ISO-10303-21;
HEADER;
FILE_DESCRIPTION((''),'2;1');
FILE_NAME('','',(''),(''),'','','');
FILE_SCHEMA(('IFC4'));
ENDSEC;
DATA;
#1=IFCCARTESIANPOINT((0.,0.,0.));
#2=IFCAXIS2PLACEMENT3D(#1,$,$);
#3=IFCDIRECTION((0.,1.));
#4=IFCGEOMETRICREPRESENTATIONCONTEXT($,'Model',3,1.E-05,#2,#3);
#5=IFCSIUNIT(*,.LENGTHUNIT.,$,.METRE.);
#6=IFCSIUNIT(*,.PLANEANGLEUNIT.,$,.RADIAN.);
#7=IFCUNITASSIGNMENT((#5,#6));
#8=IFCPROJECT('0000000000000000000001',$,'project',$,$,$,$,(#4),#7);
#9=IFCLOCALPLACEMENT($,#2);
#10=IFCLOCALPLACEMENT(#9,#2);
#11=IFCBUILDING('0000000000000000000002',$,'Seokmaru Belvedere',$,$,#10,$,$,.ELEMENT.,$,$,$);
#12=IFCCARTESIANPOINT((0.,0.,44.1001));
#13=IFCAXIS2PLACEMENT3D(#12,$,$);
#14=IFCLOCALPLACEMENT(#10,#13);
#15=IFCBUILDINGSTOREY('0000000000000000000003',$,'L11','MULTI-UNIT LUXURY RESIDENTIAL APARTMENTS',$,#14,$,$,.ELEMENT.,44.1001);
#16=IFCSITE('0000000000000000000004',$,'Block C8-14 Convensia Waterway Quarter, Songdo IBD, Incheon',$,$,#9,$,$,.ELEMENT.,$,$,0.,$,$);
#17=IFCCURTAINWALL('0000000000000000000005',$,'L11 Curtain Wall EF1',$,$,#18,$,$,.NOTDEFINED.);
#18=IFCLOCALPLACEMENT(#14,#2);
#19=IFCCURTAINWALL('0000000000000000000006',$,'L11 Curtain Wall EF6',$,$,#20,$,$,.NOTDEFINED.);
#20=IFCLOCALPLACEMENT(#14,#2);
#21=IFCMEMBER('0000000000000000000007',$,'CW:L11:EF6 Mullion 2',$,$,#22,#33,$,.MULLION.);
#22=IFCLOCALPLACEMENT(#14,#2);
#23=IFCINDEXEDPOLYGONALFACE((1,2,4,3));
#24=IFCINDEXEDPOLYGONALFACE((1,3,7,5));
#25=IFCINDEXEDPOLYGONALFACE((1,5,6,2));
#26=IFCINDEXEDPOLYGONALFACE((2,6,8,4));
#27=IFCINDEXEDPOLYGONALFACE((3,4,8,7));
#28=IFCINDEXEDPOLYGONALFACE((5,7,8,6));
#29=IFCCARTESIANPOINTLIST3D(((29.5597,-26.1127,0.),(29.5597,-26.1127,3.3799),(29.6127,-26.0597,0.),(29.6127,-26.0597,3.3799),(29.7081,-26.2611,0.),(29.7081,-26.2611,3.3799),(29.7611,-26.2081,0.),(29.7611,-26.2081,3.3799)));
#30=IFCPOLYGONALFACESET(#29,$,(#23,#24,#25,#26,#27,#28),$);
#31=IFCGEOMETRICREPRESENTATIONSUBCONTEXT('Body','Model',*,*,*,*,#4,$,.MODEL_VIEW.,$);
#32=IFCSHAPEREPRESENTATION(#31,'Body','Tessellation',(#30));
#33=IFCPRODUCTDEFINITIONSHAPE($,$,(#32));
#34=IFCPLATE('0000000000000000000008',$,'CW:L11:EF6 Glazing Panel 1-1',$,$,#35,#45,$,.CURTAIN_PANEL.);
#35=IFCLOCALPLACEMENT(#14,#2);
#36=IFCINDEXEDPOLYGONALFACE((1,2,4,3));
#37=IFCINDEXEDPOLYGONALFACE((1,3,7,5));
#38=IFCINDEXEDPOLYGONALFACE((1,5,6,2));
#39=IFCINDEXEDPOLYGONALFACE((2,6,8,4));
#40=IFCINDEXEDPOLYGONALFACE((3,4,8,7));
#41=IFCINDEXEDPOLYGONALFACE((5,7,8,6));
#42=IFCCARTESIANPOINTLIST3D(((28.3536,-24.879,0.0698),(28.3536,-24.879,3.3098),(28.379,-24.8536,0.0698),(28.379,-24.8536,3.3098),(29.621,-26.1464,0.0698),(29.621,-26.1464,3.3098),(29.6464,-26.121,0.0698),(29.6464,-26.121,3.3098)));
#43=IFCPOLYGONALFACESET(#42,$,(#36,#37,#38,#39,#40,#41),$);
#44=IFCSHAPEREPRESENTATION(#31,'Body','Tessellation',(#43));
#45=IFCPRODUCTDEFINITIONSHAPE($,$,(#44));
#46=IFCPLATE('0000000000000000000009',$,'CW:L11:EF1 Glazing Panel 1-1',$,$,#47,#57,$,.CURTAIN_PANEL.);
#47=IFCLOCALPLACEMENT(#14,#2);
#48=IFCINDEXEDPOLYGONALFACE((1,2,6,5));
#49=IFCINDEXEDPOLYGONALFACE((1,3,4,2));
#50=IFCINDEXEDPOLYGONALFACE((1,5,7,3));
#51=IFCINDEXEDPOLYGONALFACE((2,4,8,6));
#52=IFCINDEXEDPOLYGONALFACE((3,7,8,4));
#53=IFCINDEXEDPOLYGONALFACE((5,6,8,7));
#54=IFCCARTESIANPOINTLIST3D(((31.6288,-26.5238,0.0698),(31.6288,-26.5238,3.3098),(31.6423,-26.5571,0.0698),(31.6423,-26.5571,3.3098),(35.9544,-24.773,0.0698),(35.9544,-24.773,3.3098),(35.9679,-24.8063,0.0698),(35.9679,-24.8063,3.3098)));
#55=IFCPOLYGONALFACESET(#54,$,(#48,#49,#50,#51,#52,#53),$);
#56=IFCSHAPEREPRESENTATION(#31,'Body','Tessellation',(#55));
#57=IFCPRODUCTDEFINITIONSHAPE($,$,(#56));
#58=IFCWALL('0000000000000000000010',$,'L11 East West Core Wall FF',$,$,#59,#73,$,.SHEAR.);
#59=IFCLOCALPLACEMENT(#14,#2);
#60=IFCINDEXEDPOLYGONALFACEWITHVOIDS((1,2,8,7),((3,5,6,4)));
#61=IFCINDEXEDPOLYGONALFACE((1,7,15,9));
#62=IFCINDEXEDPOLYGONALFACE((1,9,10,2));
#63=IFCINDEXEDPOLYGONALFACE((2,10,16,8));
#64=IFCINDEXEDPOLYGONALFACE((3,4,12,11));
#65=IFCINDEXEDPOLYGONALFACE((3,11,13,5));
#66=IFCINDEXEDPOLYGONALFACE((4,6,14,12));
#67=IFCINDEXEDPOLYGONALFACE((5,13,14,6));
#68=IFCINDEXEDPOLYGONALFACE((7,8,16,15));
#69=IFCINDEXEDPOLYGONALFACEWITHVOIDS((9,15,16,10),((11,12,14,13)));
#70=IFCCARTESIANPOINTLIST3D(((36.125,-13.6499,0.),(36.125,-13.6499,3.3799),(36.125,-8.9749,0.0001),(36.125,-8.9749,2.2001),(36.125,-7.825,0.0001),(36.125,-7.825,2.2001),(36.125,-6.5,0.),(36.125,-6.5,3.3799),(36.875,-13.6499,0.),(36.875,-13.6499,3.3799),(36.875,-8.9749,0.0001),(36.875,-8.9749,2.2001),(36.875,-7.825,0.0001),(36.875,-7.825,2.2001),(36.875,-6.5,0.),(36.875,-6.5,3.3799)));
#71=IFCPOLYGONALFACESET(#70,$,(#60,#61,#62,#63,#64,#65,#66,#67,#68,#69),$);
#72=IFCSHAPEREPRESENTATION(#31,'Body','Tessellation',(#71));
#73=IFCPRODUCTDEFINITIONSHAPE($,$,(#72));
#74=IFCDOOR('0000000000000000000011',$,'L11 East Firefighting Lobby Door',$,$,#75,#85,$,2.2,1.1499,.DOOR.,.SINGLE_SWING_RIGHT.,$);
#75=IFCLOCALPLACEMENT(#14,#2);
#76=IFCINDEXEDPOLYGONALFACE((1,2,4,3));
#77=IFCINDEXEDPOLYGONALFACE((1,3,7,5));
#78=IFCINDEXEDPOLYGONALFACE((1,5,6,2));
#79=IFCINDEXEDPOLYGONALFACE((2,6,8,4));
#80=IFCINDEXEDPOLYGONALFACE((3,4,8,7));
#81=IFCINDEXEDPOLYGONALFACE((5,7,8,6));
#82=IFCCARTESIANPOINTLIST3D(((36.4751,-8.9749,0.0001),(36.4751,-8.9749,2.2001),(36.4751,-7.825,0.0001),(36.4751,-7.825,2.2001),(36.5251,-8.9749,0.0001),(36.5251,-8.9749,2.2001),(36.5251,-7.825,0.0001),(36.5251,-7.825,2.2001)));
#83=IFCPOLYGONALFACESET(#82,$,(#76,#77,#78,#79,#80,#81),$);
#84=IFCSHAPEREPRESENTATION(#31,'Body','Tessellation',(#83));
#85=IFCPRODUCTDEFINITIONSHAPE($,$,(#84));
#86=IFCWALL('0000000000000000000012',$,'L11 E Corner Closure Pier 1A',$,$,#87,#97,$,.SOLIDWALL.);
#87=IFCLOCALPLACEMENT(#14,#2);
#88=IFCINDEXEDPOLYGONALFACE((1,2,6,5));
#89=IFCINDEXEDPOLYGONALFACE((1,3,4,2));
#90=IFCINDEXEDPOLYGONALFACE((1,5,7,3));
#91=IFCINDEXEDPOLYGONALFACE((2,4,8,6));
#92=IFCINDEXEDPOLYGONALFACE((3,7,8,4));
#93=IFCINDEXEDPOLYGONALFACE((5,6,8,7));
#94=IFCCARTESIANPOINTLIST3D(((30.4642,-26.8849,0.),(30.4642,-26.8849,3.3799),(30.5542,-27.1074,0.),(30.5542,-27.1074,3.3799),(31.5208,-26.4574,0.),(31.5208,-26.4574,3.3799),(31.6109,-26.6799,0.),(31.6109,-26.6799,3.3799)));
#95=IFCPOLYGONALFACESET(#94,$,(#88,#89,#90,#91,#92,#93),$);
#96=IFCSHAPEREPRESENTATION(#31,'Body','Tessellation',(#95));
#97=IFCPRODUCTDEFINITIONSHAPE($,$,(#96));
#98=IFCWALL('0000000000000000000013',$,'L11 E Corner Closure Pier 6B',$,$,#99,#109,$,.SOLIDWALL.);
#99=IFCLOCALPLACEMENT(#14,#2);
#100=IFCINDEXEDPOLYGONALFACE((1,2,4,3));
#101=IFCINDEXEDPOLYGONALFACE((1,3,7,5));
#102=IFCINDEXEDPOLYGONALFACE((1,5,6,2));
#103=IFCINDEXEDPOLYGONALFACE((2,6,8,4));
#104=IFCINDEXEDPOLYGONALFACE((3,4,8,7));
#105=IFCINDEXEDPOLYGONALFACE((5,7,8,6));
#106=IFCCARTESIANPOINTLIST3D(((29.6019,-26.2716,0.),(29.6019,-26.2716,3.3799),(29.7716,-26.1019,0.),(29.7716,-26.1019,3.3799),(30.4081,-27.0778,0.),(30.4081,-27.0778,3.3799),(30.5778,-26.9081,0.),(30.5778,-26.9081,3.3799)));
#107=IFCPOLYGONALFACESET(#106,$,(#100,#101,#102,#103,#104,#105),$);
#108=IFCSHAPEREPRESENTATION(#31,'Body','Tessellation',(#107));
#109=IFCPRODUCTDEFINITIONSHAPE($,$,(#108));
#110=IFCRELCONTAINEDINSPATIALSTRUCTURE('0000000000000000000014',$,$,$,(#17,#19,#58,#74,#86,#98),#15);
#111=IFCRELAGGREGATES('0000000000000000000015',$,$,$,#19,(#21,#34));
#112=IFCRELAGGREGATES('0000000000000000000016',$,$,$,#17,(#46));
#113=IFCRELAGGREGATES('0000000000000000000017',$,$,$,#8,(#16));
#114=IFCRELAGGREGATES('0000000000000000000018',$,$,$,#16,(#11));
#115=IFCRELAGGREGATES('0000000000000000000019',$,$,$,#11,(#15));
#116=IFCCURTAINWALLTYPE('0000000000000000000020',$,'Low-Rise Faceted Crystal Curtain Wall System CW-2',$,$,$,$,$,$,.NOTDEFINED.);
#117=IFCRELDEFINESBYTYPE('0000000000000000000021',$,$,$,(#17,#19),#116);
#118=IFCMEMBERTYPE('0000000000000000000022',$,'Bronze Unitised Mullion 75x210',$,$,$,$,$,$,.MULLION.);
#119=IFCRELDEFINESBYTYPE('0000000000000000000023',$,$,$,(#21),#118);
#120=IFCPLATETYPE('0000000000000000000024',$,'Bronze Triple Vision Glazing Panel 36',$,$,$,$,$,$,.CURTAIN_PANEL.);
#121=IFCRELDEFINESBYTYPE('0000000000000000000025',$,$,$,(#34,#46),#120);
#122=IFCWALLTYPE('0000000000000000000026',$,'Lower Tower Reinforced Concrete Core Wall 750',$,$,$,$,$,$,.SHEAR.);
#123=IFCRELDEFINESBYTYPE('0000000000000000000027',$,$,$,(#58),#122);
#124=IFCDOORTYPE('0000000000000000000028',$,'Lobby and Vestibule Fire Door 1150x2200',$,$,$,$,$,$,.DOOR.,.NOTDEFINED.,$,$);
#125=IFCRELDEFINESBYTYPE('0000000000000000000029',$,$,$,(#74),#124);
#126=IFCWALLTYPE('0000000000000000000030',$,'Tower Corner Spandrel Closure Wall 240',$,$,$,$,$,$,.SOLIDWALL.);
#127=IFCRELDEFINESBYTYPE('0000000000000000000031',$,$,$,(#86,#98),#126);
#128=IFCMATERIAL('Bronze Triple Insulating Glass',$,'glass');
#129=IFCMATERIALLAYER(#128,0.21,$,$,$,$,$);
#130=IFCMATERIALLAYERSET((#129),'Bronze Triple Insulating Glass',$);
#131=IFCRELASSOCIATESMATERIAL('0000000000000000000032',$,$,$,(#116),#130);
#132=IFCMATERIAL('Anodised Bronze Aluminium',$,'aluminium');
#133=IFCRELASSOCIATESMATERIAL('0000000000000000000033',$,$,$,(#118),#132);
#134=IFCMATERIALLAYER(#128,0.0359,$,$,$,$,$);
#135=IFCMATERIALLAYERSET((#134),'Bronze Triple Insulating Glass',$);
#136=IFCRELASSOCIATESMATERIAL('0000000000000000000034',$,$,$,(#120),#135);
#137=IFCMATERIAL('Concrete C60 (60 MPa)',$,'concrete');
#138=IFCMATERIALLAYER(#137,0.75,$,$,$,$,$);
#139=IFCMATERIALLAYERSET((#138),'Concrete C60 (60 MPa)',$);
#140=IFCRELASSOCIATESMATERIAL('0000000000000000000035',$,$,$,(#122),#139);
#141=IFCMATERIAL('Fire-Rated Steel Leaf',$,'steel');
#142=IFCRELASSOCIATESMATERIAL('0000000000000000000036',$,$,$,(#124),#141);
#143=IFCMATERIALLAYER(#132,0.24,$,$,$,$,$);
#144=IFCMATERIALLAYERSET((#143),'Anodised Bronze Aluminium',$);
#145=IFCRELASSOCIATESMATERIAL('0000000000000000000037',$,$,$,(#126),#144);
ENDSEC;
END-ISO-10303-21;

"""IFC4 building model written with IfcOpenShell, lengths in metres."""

from ifc_helpers import new_model, si_unit, direction, frame, frame_2d, origin, origin_2d, place, context, subcontext, project, spatial, rectangle, extrude, source, transform, mapped, material, layer, layer_set, material_profile, profile_set, type_object, type_shapes, element, fill, aggregate, save


model = new_model("IFC4")

# Units and contexts
model_context = context("Model", 3, precision=1e-05, world=origin(), true_north=direction((0.0, 1.0)))
body_context = subcontext(model_context, "Body", "Model", "MODEL_VIEW")
ifc_project = project(units=[si_unit("LENGTHUNIT", "METRE"), si_unit("PLANEANGLEUNIT", "RADIAN")], contexts=[model_context])

# Site, building, storey
site_placement = place(None, origin())
site = spatial("IfcSite", under=ifc_project, at=site_placement, Name="Block C8-14 Convensia Waterway Quarter, Songdo IBD, Incheon", CompositionType="ELEMENT", RefElevation=0.0)
building_placement = place(site_placement, origin())
building = spatial("IfcBuilding", under=site, at=building_placement, Name="Seokmaru Belvedere", CompositionType="ELEMENT")
storey_placement = place(building_placement, frame((0.0, 0.0, 44.1001)))
storey = spatial("IfcBuildingStorey", under=building, at=storey_placement, Name="L11", Description="MULTI-UNIT LUXURY RESIDENTIAL APARTMENTS", CompositionType="ELEMENT", Elevation=44.1001)

# Curtain wall
ifc_material_1 = material(Name="Bronze Triple Insulating Glass", Category="glass")
ifc_layer_1 = layer(ifc_material_1, 0.21)
ifc_layer_set_1 = layer_set([ifc_layer_1], Name="Bronze Triple Insulating Glass")
curtain_wall_type = type_object("IfcCurtainWallType", Name="Low-Rise Faceted Crystal Curtain Wall System CW-2", PredefinedType="NOTDEFINED", material=ifc_layer_set_1)
curtain_wall_1_placement = place(storey_placement, origin())
curtain_wall_1 = element("IfcCurtainWall", 1, at=curtain_wall_1_placement, inside=storey, type_object=curtain_wall_type, Name="L11 Curtain Wall EF1", PredefinedType="NOTDEFINED")
ifc_material_2 = material(Name="Anodised Bronze Aluminium", Category="aluminium")
ifc_material_profile_1 = material_profile(ifc_material_2, rectangle(XDim=0.075, YDim=0.21, at=origin_2d()), Name="CW-M-75x210")
ifc_profile_set_1 = profile_set([ifc_material_profile_1], Name="Anodised Bronze Aluminium")
member_type_1 = type_object("IfcMemberType", Name="Bronze Unitised Mullion 75x210", PredefinedType="MULLION", material=ifc_profile_set_1)
shared_shape_1 = source(origin(), body_context, "Body", "SweptSolid", [
    extrude(rectangle(XDim=0.075, YDim=0.21, at=origin_2d()), origin(), (0.0, 0.0, 1.0), 3.3799),
])

# Curtain wall, member, plate
curtain_wall_2_placement = place(storey_placement, origin())
curtain_wall_2 = element("IfcCurtainWall", 2, at=curtain_wall_2_placement, inside=storey, type_object=curtain_wall_type, Name="L11 Curtain Wall EF6", PredefinedType="NOTDEFINED")
member_1_placement = place(storey_placement, frame((29.6604, -26.1604, 0.0), z_axis=(0.0, 0.0, 1.0), x_axis=(0.707107, 0.707107, 0.0)))
member_1 = element("IfcMember", 3, at=member_1_placement, type_object=member_type_1, Name="CW:L11:EF6 Mullion 2", PredefinedType="MULLION", context=body_context, shape_type="MappedRepresentation", body=[
    mapped(shared_shape_1, transform((0.0, 0.0, 0.0), scale=1.0)),
])
ifc_layer_2 = layer(ifc_material_1, 0.0359)
ifc_layer_set_2 = layer_set([ifc_layer_2], Name="Bronze Triple Insulating Glass")
plate_type = type_object("IfcPlateType", Name="Bronze Triple Vision Glazing Panel 36", PredefinedType="CURTAIN_PANEL", material=ifc_layer_set_2)
shared_shape_2 = source(origin(), body_context, "Body", "SweptSolid", [
    extrude(rectangle(XDim=1.7925, YDim=0.0359, at=origin_2d()), origin(), (0.0, 0.0, 1.0), 3.24),
])
plate_1_placement = place(storey_placement, frame((29.0, -25.5, 0.0698), z_axis=(0.0, 0.0, 1.0), x_axis=(0.707107, -0.707107, 0.0)))
plate_1 = element("IfcPlate", 4, at=plate_1_placement, type_object=plate_type, Name="CW:L11:EF6 Glazing Panel 1-1", PredefinedType="CURTAIN_PANEL", context=body_context, shape_type="MappedRepresentation", body=[
    mapped(shared_shape_2, transform((0.0, 0.0, 0.0), scale=1.0)),
])
aggregate(curtain_wall_2, [member_1, plate_1])

# Plate
shared_shape_3 = source(origin(), body_context, "Body", "SweptSolid", [
    extrude(rectangle(XDim=4.6665, YDim=0.0359, at=origin_2d()), origin(), (0.0, 0.0, 1.0), 3.24),
])
type_shapes(plate_type, [shared_shape_2, shared_shape_3])
plate_2_placement = place(storey_placement, frame((33.7983, -25.665, 0.0698), z_axis=(0.0, 0.0, 1.0), x_axis=(0.926947, 0.375192, 0.0)))
plate_2 = element("IfcPlate", 5, at=plate_2_placement, type_object=plate_type, Name="CW:L11:EF1 Glazing Panel 1-1", PredefinedType="CURTAIN_PANEL", context=body_context, shape_type="MappedRepresentation", body=[
    mapped(shared_shape_3, transform((0.0, 0.0, 0.0), scale=1.0)),
])
aggregate(curtain_wall_1, [plate_2])

# Wall, opening, door
ifc_material_3 = material(Name="Concrete C60 (60 MPa)", Category="concrete")
ifc_layer_3 = layer(ifc_material_3, 0.75)
ifc_layer_set_3 = layer_set([ifc_layer_3], Name="Concrete C60 (60 MPa)")
wall_type_1 = type_object("IfcWallType", Name="Lower Tower Reinforced Concrete Core Wall 750", PredefinedType="SHEAR", material=ifc_layer_set_3)
wall_1_placement = place(storey_placement, frame((36.5, -13.6499, 0.0), z_axis=(0.0, 0.0, 1.0), x_axis=(0.0, 1.0, 0.0)))
wall_1 = element("IfcWall", 6, at=wall_1_placement, inside=storey, type_object=wall_type_1, Name="L11 East West Core Wall FF", PredefinedType="SHEAR", context=body_context, shape_type="SweptSolid", body=[
    extrude(rectangle(XDim=7.1499, YDim=0.75, at=frame_2d((3.575, 0.0))), origin(), (0.0, 0.0, 1.0), 3.3799),
])
opening_placement = place(wall_1_placement, frame((4.675, 0.0, 0.0)))
opening = element("IfcOpeningElement", 7, at=opening_placement, cuts=wall_1, PredefinedType="OPENING", context=body_context, shape_type="SweptSolid", body=[
    extrude(rectangle(XDim=1.1499, YDim=2.2, at=frame_2d((0.575, 1.1001))), frame((0.0, 0.385, 0.0), z_axis=(0.0, -1.0, 0.0), x_axis=(1.0, 0.0, 0.0)), (0.0, 0.0, 1.0), 0.77),
])
ifc_material_4 = material(Name="Fire-Rated Steel Leaf", Category="steel")
door_type = type_object("IfcDoorType", Name="Lobby and Vestibule Fire Door 1150x2200", OperationType="NOTDEFINED", PredefinedType="DOOR", material=ifc_material_4)
shared_shape_4 = source(origin(), body_context, "Body", "SweptSolid", [
    extrude(rectangle(XDim=1.1499, YDim=2.2, at=frame_2d((0.575, 1.1001))), frame((0.0, 0.0249, 0.0), z_axis=(0.0, -1.0, 0.0), x_axis=(1.0, 0.0, 0.0)), (0.0, 0.0, 1.0), 0.05),
])
type_shapes(door_type, [shared_shape_4])
door_placement = place(opening_placement, origin())
door = element("IfcDoor", 8, at=door_placement, inside=storey, type_object=door_type, Name="L11 East Firefighting Lobby Door", OperationType="SINGLE_SWING_RIGHT", OverallHeight=2.2, OverallWidth=1.1499, PredefinedType="DOOR", context=body_context, shape_type="MappedRepresentation", body=[
    mapped(shared_shape_4, transform((0.0, 0.0, 0.0), scale=1.0)),
])
fill(opening, door)

# Walls
ifc_layer_4 = layer(ifc_material_2, 0.24)
ifc_layer_set_4 = layer_set([ifc_layer_4], Name="Anodised Bronze Aluminium")
wall_type_2 = type_object("IfcWallType", Name="Tower Corner Spandrel Closure Wall 240", PredefinedType="SOLIDWALL", material=ifc_layer_set_4)
wall_2_placement = place(storey_placement, frame((30.5093, -26.9961, 0.0), z_axis=(0.0, 0.0, 1.0), x_axis=(0.927007, 0.375044, 0.0)))
element("IfcWall", 9, at=wall_2_placement, inside=storey, type_object=wall_type_2, Name="L11 E Corner Closure Pier 1A", PredefinedType="SOLIDWALL", context=body_context, shape_type="SweptSolid", body=[
    extrude(rectangle(XDim=1.1399, YDim=0.24, at=frame_2d((0.5698, 0.0))), origin(), (0.0, 0.0, 1.0), 3.3799),
])
wall_3_placement = place(storey_placement, frame((29.6868, -26.1868, 0.0), z_axis=(0.0, 0.0, 1.0), x_axis=(0.707107, -0.707107, 0.0)))
element("IfcWall", 10, at=wall_3_placement, inside=storey, type_object=wall_type_2, Name="L11 E Corner Closure Pier 6B", PredefinedType="SOLIDWALL", context=body_context, shape_type="SweptSolid", body=[
    extrude(rectangle(XDim=1.1401, YDim=0.24, at=frame_2d((0.5701, 0.0))), origin(), (0.0, 0.0, 1.0), 3.3799),
])

save(model, "model.ifc")
